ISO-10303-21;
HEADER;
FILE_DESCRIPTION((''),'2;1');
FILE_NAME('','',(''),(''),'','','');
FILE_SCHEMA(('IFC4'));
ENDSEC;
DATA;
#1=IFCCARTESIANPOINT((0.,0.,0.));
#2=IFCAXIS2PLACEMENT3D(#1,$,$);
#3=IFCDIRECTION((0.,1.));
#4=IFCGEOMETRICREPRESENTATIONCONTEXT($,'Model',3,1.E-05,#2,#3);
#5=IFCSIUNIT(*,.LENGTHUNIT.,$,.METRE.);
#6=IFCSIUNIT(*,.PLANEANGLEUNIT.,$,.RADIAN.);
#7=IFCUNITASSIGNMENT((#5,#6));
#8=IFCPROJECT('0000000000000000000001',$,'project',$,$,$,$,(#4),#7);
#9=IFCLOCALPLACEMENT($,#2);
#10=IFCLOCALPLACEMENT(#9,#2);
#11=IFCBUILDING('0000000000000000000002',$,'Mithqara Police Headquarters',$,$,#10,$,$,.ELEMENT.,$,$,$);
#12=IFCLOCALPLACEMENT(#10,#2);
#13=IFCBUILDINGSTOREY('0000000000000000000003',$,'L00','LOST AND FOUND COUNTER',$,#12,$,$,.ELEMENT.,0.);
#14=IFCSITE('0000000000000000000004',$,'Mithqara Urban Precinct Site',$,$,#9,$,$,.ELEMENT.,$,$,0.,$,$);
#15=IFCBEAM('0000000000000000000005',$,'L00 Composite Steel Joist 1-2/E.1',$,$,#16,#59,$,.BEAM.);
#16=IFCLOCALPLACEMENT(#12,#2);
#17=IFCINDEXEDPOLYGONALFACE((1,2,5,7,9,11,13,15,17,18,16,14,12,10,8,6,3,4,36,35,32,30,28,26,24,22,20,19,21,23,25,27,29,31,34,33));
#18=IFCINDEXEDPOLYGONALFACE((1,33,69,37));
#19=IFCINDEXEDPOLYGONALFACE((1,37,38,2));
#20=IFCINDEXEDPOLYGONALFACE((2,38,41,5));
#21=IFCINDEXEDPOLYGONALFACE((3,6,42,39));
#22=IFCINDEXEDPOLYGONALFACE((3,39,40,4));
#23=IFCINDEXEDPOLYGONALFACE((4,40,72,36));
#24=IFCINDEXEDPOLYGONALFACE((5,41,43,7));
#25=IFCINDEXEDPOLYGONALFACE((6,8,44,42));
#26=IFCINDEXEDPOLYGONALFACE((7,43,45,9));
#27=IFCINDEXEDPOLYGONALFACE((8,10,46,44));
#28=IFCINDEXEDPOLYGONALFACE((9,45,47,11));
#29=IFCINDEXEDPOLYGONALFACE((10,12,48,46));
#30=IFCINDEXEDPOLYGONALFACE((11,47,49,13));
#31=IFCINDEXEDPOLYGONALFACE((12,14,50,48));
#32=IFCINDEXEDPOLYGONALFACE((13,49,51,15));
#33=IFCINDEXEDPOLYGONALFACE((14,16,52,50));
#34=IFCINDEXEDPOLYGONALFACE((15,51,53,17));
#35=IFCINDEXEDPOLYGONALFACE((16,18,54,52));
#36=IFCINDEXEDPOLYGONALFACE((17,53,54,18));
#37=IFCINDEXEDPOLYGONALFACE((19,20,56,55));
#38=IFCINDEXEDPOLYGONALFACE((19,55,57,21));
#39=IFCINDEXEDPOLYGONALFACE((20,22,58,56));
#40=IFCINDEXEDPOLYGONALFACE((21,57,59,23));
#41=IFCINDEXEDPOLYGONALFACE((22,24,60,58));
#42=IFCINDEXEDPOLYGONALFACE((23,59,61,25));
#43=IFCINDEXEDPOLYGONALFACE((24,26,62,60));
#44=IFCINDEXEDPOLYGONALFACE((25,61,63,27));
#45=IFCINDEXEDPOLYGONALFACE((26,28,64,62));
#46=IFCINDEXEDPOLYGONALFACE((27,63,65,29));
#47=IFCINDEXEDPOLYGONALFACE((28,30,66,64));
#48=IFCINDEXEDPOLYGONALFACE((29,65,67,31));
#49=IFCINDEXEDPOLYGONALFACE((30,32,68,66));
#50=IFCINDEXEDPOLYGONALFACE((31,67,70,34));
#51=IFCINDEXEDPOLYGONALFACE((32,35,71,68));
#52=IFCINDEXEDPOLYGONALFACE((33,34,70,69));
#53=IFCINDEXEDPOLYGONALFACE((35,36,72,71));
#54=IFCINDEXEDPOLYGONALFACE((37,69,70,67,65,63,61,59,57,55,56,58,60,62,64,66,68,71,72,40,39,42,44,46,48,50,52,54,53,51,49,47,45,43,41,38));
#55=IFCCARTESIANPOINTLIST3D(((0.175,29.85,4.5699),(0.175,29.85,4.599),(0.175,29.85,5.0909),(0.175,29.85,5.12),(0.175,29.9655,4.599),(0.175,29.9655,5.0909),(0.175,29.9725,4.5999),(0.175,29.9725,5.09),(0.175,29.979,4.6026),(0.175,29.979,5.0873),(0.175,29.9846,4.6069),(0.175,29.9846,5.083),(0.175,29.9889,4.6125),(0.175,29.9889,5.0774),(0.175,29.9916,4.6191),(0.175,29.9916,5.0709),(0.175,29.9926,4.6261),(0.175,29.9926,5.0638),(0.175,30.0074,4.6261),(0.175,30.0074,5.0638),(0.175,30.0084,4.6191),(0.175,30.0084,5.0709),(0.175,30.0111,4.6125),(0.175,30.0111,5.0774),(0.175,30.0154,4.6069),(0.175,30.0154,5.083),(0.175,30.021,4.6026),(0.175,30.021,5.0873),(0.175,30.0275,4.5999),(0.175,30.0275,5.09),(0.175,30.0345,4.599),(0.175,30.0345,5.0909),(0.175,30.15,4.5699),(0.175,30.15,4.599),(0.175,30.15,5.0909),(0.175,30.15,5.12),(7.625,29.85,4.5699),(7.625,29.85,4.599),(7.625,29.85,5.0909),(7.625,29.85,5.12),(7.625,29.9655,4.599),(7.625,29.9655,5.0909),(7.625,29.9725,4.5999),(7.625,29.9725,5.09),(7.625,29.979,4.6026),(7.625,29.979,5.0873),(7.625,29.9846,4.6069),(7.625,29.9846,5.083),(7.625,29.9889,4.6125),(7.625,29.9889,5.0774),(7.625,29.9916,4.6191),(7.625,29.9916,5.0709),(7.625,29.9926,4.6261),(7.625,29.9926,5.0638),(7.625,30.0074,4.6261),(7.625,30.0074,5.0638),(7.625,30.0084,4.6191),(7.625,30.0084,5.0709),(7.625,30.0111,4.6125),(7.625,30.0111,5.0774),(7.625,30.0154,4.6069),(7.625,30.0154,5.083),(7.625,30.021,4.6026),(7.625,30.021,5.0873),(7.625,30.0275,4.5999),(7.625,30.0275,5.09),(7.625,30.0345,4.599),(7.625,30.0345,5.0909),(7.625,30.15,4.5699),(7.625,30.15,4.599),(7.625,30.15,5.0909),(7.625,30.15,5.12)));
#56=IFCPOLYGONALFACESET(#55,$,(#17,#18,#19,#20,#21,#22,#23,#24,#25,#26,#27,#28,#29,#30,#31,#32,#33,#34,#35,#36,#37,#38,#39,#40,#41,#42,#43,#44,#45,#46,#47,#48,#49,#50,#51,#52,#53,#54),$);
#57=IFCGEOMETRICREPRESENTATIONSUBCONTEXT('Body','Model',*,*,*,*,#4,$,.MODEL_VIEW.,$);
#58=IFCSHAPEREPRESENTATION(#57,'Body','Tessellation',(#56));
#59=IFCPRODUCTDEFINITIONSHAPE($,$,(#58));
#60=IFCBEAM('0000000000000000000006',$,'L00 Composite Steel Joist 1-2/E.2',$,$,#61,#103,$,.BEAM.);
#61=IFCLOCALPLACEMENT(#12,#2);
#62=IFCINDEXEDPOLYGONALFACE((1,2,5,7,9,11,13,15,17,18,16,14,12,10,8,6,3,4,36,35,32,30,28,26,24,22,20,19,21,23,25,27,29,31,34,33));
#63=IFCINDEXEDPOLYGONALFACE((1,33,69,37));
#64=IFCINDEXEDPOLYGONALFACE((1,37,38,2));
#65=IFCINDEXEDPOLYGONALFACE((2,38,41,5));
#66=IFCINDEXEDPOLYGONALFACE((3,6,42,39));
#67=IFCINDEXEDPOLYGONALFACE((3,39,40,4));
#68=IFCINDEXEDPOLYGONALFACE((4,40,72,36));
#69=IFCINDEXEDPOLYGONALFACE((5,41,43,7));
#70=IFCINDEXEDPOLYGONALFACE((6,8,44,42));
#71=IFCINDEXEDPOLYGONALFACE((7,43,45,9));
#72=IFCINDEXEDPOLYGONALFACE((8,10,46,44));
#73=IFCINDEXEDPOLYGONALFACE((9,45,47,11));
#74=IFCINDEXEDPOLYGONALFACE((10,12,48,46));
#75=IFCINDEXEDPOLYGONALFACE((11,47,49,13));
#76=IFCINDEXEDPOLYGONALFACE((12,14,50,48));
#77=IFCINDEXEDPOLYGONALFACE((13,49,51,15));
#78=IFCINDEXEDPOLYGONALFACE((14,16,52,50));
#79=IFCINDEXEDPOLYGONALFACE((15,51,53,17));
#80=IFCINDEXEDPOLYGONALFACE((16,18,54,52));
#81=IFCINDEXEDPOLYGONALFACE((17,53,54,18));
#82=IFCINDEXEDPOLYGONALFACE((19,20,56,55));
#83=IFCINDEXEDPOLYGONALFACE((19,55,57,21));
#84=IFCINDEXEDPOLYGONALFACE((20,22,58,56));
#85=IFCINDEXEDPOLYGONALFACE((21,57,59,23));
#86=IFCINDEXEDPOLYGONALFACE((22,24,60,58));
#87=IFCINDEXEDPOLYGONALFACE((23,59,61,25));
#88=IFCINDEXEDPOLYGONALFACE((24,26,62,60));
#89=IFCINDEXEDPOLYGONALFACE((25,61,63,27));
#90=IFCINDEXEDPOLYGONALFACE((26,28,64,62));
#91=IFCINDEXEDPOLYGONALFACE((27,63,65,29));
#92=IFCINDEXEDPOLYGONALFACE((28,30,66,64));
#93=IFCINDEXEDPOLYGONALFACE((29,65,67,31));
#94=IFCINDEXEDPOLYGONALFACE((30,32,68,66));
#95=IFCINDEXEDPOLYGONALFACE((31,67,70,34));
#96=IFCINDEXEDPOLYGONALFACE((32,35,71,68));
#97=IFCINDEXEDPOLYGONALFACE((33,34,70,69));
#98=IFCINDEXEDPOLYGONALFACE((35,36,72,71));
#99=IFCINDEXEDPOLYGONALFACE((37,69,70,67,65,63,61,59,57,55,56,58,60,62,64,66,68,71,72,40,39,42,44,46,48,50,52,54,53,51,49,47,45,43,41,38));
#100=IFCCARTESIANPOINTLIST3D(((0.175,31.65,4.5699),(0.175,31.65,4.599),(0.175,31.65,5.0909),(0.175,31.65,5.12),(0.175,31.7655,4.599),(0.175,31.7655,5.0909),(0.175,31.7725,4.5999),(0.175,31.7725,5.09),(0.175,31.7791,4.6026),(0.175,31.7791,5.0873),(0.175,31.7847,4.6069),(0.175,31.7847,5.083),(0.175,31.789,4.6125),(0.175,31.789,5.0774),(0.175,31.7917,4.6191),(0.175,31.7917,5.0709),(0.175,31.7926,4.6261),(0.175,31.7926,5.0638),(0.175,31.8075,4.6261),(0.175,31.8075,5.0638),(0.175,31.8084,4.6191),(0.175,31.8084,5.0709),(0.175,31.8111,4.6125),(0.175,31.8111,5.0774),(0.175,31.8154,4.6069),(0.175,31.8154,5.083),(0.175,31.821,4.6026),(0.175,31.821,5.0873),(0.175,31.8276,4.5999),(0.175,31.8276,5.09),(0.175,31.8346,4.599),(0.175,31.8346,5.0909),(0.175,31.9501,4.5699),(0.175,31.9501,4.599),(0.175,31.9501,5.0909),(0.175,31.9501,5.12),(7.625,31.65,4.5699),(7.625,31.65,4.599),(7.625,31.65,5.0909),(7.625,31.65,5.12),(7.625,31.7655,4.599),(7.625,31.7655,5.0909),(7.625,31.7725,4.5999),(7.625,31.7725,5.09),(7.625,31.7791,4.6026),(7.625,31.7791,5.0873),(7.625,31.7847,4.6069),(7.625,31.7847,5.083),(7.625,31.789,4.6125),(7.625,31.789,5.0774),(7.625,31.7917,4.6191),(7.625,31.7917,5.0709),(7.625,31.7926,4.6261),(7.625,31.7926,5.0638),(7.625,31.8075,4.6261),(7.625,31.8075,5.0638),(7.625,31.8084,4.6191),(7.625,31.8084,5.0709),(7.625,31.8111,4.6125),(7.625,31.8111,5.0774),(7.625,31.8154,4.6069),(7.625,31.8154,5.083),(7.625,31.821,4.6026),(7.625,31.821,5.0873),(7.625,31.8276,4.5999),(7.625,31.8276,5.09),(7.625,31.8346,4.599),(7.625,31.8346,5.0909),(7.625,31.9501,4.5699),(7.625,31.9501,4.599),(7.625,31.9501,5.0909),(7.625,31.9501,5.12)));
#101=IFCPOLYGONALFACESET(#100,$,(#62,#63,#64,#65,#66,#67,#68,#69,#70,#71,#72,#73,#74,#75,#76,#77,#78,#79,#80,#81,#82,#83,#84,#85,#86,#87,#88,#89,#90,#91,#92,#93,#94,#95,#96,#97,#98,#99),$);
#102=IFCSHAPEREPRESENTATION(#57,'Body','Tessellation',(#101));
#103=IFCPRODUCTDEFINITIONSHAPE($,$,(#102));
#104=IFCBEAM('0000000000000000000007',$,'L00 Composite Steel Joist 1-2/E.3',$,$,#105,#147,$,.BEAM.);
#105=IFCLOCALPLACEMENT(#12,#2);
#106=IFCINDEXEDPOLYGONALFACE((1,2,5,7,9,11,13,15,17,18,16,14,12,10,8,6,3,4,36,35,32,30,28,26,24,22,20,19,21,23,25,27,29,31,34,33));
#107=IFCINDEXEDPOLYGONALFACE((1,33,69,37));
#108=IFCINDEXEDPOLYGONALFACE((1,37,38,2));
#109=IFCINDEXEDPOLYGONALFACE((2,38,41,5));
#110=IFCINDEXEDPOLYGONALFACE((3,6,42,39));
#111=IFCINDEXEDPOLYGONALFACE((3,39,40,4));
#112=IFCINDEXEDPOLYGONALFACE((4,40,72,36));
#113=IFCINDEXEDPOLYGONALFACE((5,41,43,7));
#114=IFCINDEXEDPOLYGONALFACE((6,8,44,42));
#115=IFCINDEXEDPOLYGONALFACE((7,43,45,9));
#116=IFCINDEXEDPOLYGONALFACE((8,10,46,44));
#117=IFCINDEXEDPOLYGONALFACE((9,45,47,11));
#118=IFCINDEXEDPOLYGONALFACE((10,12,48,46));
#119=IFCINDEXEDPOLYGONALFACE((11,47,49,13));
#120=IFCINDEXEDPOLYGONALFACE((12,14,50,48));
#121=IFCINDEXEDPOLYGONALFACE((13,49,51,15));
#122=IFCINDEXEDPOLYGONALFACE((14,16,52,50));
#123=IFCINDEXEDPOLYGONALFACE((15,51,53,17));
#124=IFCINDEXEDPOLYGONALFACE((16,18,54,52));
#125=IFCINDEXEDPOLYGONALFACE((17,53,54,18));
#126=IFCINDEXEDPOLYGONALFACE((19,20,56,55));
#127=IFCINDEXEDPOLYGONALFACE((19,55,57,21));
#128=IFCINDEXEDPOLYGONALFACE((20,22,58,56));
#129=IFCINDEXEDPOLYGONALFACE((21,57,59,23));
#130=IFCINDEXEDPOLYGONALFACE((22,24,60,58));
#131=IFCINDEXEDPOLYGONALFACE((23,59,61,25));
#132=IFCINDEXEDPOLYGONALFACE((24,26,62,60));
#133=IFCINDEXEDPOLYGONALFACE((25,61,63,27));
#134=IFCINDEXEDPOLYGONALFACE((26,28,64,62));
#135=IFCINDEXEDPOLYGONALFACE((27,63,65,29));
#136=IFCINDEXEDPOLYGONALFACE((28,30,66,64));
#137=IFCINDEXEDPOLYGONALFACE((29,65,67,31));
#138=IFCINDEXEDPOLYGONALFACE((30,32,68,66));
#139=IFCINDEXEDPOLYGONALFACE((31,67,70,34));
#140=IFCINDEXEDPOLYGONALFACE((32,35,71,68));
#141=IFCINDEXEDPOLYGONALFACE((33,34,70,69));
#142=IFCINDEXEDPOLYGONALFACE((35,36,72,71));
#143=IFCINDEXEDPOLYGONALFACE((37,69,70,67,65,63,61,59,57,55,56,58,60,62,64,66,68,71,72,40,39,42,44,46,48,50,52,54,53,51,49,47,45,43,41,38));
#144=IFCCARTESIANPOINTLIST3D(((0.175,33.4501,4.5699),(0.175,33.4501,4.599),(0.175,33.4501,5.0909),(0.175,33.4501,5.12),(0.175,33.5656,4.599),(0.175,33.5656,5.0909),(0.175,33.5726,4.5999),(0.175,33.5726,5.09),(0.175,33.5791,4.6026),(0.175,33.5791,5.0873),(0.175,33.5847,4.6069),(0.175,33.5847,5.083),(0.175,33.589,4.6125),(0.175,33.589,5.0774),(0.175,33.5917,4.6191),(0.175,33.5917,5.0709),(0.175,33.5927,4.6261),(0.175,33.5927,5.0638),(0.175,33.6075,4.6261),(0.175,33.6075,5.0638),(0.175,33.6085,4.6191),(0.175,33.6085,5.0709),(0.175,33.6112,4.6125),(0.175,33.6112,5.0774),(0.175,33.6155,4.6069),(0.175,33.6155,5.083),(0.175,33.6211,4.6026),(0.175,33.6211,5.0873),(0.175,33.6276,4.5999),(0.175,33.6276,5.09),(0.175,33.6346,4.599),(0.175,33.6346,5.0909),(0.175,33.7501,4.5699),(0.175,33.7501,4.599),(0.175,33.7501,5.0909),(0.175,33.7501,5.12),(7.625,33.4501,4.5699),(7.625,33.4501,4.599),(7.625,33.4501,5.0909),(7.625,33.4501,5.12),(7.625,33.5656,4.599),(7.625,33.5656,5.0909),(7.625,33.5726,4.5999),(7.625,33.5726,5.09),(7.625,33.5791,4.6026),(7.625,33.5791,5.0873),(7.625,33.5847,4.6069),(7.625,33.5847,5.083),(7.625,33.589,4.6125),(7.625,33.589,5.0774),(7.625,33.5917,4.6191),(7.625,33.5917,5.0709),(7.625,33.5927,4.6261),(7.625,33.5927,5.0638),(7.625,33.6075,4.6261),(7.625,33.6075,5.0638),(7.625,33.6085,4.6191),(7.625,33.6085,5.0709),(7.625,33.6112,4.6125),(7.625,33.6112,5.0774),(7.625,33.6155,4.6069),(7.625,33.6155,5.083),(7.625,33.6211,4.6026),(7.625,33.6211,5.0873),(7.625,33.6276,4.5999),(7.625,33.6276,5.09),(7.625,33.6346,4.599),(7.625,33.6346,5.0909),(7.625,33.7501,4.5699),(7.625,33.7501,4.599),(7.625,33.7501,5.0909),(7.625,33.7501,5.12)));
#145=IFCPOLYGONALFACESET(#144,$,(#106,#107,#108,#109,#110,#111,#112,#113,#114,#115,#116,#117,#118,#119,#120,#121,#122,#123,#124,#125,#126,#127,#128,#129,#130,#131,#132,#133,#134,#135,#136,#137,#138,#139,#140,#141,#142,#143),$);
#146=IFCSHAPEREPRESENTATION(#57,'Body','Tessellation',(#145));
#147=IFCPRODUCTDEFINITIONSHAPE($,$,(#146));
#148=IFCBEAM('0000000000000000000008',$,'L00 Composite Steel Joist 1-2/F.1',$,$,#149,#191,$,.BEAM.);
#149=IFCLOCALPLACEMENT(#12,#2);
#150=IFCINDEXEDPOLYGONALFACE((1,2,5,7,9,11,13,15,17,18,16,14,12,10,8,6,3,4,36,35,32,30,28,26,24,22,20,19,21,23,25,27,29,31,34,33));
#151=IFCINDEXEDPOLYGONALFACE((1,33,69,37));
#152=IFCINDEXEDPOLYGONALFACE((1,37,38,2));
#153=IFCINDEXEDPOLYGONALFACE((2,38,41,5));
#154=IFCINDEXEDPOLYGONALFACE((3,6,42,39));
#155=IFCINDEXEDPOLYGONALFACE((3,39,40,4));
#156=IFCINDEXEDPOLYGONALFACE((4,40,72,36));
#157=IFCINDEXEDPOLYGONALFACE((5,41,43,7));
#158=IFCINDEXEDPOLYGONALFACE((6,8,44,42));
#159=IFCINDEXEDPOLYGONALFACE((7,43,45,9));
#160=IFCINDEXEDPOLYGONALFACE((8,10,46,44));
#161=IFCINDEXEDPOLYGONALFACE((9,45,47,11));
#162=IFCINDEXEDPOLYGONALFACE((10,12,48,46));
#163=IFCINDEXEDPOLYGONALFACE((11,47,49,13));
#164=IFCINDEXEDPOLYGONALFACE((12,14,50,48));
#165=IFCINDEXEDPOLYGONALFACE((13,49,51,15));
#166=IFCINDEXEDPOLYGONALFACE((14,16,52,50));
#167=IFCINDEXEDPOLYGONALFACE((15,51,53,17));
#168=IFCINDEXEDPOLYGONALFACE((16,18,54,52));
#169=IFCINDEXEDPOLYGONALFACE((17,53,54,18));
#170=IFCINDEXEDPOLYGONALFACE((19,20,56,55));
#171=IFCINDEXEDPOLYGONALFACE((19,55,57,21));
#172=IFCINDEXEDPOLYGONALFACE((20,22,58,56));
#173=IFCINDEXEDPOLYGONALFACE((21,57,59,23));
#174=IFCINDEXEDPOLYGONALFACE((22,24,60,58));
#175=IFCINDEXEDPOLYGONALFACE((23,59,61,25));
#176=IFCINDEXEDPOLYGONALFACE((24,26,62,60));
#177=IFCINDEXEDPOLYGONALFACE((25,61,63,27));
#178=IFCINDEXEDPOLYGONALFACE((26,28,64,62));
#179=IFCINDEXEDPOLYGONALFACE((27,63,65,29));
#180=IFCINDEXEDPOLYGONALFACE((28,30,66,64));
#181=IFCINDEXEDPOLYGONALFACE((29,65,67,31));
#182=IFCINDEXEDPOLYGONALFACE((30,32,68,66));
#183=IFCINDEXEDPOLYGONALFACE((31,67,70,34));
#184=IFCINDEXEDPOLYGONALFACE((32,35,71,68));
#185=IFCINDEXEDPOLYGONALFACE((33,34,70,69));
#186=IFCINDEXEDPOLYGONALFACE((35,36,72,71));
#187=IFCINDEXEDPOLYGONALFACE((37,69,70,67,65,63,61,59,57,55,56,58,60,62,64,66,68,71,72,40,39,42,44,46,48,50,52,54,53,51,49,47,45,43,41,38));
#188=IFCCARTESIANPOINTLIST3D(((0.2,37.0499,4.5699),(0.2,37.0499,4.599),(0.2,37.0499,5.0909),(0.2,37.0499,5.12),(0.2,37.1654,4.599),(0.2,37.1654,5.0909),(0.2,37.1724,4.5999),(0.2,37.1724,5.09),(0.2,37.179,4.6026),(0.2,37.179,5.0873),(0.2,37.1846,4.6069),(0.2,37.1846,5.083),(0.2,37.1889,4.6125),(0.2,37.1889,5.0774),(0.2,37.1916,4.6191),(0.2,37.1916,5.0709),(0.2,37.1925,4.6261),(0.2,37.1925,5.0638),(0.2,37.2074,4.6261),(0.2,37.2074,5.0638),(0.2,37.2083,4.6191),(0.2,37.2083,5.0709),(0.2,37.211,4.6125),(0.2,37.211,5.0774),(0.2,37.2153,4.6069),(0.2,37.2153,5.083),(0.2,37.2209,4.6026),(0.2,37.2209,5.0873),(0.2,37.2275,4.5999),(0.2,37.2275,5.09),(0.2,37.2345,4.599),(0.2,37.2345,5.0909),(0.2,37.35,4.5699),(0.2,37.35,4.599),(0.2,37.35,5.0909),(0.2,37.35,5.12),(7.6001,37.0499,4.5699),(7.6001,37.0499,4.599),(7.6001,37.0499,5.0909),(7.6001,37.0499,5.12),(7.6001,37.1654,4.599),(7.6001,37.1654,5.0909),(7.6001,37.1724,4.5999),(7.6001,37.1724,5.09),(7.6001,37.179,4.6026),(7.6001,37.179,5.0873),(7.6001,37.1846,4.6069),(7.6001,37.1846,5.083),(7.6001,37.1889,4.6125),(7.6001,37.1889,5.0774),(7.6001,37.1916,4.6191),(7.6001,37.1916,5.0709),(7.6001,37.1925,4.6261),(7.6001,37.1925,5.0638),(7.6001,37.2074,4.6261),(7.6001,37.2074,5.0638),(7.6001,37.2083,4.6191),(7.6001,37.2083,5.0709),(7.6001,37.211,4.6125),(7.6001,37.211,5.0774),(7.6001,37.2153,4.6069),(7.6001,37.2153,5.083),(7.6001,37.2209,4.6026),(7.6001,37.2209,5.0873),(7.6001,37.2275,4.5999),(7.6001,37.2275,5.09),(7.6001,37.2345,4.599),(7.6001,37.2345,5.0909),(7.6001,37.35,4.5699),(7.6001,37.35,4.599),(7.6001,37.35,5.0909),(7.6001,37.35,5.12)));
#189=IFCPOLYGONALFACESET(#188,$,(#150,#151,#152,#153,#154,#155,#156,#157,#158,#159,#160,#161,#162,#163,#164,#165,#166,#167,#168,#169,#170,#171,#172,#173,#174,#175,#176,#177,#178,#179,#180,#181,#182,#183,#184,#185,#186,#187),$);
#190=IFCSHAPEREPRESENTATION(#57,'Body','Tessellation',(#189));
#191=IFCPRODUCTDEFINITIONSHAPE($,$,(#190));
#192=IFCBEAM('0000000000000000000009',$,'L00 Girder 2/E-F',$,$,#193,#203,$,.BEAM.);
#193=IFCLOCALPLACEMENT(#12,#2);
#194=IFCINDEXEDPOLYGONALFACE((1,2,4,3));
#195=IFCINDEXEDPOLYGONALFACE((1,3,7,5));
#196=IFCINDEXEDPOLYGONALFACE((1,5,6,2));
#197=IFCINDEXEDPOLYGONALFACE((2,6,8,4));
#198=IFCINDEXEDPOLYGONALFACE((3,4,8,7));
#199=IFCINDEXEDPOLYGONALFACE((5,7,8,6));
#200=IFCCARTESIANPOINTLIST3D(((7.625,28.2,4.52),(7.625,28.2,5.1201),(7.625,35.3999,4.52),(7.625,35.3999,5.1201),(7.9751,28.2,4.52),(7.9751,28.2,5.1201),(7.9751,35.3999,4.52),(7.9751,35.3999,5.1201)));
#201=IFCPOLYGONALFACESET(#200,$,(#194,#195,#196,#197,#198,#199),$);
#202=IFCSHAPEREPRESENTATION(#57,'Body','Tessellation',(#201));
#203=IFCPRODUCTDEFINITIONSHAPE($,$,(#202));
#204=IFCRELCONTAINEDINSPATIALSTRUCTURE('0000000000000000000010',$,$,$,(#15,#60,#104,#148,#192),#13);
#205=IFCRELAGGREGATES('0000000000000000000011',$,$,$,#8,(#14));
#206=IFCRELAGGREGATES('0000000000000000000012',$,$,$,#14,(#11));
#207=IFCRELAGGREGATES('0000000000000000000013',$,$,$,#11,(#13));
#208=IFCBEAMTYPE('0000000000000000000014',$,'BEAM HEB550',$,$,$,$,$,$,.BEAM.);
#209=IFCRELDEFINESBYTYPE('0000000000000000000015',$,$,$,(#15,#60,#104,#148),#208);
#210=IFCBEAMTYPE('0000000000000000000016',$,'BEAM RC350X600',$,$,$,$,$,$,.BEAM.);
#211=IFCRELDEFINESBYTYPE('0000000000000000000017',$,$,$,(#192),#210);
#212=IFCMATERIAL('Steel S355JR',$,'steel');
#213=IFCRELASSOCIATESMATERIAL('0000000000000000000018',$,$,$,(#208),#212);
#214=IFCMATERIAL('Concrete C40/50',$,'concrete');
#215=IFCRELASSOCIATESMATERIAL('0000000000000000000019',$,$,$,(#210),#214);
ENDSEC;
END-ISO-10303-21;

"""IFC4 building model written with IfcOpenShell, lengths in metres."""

from ifc_helpers import new_model, si_unit, direction, frame, origin, origin_2d, place, context, subcontext, project, spatial, rectangle, i_section, extrude, material, material_profile, profile_set, type_object, element, save


model = new_model("IFC4")

# Units and contexts
model_context = context("Model", 3, precision=1e-05, world=origin(), true_north=direction((0.0, 1.0)))
body_context = subcontext(model_context, "Body", "Model", "MODEL_VIEW")
ifc_project = project(units=[si_unit("LENGTHUNIT", "METRE"), si_unit("PLANEANGLEUNIT", "RADIAN")], contexts=[model_context])

# Site, building, storey
site_placement = place(None, origin())
site = spatial("IfcSite", under=ifc_project, at=site_placement, Name="Mithqara Urban Precinct Site", CompositionType="ELEMENT", RefElevation=0.0)
building_placement = place(site_placement, origin())
building = spatial("IfcBuilding", under=site, at=building_placement, Name="Mithqara Police Headquarters", CompositionType="ELEMENT")
storey_placement = place(building_placement, origin())
storey = spatial("IfcBuildingStorey", under=building, at=storey_placement, Name="L00", Description="LOST AND FOUND COUNTER", CompositionType="ELEMENT", Elevation=0.0)

# Shared definitions
ifc_material_1 = material(Name="Concrete C40/50", Category="concrete")

# Beams
ifc_material_2 = material(Name="Steel S355JR", Category="steel")
ifc_material_profile_1 = material_profile(ifc_material_2, i_section(OverallWidth=0.3, OverallDepth=0.55, WebThickness=0.0149, FlangeThickness=0.0291, FilletRadius=0.0271, at=origin_2d()), Name="HEB 550")
ifc_profile_set_1 = profile_set([ifc_material_profile_1], Name="Steel S355JR")
beam_type_1 = type_object("IfcBeamType", Name="BEAM HEB550", PredefinedType="BEAM", material=ifc_profile_set_1)
for number, where, z_axis, x_axis, name in (
    (1, (0.175, 30.0, 4.845), (1.0, 0.0, 0.0), (0.0, 1.0, 0.0), "L00 Composite Steel Joist 1-2/E.1"),
    (2, (0.175, 31.8, 4.845), (1.0, 0.0, 0.0), (0.0, 1.0, 0.0), "L00 Composite Steel Joist 1-2/E.2"),
    (3, (0.175, 33.6001, 4.845), (1.0, 0.0, 0.0), (0.0, 1.0, 0.0), "L00 Composite Steel Joist 1-2/E.3"),
):
    element("IfcBeam", number, at=place(storey_placement, frame(where, z_axis=z_axis, x_axis=x_axis)), inside=storey, type_object=beam_type_1, Name=name, PredefinedType="BEAM", context=body_context, shape_type="SweptSolid", body=[
        extrude(i_section(OverallWidth=0.3, OverallDepth=0.55, WebThickness=0.0149, FlangeThickness=0.0291, FilletRadius=0.0271, at=origin_2d()), origin(), (0.0, 0.0, 1.0), 7.45),
    ])
beam_1_placement = place(storey_placement, frame((0.2, 37.2, 4.845), z_axis=(1.0, 0.0, 0.0), x_axis=(0.0, 1.0, 0.0)))
element("IfcBeam", 4, at=beam_1_placement, inside=storey, type_object=beam_type_1, Name="L00 Composite Steel Joist 1-2/F.1", PredefinedType="BEAM", context=body_context, shape_type="SweptSolid", body=[
    extrude(i_section(OverallWidth=0.3, OverallDepth=0.55, WebThickness=0.0149, FlangeThickness=0.0291, FilletRadius=0.0271, at=origin_2d()), origin(), (0.0, 0.0, 1.0), 7.4001),
])
ifc_material_profile_2 = material_profile(ifc_material_1, rectangle(XDim=0.3501, YDim=0.6001, at=origin_2d()), Name="RC 350x600")
ifc_profile_set_2 = profile_set([ifc_material_profile_2], Name="Concrete C40/50")
beam_type_2 = type_object("IfcBeamType", Name="BEAM RC350X600", PredefinedType="BEAM", material=ifc_profile_set_2)
beam_2_placement = place(storey_placement, frame((7.8, 28.2, 4.8201), z_axis=(0.0, 1.0, 0.0), x_axis=(-1.0, 0.0, 0.0)))
element("IfcBeam", 5, at=beam_2_placement, inside=storey, type_object=beam_type_2, Name="L00 Girder 2/E-F", PredefinedType="BEAM", context=body_context, shape_type="SweptSolid", body=[
    extrude(rectangle(XDim=0.3501, YDim=0.6001, at=origin_2d()), origin(), (0.0, 0.0, 1.0), 7.2),
])

save(model, "model.ifc")
